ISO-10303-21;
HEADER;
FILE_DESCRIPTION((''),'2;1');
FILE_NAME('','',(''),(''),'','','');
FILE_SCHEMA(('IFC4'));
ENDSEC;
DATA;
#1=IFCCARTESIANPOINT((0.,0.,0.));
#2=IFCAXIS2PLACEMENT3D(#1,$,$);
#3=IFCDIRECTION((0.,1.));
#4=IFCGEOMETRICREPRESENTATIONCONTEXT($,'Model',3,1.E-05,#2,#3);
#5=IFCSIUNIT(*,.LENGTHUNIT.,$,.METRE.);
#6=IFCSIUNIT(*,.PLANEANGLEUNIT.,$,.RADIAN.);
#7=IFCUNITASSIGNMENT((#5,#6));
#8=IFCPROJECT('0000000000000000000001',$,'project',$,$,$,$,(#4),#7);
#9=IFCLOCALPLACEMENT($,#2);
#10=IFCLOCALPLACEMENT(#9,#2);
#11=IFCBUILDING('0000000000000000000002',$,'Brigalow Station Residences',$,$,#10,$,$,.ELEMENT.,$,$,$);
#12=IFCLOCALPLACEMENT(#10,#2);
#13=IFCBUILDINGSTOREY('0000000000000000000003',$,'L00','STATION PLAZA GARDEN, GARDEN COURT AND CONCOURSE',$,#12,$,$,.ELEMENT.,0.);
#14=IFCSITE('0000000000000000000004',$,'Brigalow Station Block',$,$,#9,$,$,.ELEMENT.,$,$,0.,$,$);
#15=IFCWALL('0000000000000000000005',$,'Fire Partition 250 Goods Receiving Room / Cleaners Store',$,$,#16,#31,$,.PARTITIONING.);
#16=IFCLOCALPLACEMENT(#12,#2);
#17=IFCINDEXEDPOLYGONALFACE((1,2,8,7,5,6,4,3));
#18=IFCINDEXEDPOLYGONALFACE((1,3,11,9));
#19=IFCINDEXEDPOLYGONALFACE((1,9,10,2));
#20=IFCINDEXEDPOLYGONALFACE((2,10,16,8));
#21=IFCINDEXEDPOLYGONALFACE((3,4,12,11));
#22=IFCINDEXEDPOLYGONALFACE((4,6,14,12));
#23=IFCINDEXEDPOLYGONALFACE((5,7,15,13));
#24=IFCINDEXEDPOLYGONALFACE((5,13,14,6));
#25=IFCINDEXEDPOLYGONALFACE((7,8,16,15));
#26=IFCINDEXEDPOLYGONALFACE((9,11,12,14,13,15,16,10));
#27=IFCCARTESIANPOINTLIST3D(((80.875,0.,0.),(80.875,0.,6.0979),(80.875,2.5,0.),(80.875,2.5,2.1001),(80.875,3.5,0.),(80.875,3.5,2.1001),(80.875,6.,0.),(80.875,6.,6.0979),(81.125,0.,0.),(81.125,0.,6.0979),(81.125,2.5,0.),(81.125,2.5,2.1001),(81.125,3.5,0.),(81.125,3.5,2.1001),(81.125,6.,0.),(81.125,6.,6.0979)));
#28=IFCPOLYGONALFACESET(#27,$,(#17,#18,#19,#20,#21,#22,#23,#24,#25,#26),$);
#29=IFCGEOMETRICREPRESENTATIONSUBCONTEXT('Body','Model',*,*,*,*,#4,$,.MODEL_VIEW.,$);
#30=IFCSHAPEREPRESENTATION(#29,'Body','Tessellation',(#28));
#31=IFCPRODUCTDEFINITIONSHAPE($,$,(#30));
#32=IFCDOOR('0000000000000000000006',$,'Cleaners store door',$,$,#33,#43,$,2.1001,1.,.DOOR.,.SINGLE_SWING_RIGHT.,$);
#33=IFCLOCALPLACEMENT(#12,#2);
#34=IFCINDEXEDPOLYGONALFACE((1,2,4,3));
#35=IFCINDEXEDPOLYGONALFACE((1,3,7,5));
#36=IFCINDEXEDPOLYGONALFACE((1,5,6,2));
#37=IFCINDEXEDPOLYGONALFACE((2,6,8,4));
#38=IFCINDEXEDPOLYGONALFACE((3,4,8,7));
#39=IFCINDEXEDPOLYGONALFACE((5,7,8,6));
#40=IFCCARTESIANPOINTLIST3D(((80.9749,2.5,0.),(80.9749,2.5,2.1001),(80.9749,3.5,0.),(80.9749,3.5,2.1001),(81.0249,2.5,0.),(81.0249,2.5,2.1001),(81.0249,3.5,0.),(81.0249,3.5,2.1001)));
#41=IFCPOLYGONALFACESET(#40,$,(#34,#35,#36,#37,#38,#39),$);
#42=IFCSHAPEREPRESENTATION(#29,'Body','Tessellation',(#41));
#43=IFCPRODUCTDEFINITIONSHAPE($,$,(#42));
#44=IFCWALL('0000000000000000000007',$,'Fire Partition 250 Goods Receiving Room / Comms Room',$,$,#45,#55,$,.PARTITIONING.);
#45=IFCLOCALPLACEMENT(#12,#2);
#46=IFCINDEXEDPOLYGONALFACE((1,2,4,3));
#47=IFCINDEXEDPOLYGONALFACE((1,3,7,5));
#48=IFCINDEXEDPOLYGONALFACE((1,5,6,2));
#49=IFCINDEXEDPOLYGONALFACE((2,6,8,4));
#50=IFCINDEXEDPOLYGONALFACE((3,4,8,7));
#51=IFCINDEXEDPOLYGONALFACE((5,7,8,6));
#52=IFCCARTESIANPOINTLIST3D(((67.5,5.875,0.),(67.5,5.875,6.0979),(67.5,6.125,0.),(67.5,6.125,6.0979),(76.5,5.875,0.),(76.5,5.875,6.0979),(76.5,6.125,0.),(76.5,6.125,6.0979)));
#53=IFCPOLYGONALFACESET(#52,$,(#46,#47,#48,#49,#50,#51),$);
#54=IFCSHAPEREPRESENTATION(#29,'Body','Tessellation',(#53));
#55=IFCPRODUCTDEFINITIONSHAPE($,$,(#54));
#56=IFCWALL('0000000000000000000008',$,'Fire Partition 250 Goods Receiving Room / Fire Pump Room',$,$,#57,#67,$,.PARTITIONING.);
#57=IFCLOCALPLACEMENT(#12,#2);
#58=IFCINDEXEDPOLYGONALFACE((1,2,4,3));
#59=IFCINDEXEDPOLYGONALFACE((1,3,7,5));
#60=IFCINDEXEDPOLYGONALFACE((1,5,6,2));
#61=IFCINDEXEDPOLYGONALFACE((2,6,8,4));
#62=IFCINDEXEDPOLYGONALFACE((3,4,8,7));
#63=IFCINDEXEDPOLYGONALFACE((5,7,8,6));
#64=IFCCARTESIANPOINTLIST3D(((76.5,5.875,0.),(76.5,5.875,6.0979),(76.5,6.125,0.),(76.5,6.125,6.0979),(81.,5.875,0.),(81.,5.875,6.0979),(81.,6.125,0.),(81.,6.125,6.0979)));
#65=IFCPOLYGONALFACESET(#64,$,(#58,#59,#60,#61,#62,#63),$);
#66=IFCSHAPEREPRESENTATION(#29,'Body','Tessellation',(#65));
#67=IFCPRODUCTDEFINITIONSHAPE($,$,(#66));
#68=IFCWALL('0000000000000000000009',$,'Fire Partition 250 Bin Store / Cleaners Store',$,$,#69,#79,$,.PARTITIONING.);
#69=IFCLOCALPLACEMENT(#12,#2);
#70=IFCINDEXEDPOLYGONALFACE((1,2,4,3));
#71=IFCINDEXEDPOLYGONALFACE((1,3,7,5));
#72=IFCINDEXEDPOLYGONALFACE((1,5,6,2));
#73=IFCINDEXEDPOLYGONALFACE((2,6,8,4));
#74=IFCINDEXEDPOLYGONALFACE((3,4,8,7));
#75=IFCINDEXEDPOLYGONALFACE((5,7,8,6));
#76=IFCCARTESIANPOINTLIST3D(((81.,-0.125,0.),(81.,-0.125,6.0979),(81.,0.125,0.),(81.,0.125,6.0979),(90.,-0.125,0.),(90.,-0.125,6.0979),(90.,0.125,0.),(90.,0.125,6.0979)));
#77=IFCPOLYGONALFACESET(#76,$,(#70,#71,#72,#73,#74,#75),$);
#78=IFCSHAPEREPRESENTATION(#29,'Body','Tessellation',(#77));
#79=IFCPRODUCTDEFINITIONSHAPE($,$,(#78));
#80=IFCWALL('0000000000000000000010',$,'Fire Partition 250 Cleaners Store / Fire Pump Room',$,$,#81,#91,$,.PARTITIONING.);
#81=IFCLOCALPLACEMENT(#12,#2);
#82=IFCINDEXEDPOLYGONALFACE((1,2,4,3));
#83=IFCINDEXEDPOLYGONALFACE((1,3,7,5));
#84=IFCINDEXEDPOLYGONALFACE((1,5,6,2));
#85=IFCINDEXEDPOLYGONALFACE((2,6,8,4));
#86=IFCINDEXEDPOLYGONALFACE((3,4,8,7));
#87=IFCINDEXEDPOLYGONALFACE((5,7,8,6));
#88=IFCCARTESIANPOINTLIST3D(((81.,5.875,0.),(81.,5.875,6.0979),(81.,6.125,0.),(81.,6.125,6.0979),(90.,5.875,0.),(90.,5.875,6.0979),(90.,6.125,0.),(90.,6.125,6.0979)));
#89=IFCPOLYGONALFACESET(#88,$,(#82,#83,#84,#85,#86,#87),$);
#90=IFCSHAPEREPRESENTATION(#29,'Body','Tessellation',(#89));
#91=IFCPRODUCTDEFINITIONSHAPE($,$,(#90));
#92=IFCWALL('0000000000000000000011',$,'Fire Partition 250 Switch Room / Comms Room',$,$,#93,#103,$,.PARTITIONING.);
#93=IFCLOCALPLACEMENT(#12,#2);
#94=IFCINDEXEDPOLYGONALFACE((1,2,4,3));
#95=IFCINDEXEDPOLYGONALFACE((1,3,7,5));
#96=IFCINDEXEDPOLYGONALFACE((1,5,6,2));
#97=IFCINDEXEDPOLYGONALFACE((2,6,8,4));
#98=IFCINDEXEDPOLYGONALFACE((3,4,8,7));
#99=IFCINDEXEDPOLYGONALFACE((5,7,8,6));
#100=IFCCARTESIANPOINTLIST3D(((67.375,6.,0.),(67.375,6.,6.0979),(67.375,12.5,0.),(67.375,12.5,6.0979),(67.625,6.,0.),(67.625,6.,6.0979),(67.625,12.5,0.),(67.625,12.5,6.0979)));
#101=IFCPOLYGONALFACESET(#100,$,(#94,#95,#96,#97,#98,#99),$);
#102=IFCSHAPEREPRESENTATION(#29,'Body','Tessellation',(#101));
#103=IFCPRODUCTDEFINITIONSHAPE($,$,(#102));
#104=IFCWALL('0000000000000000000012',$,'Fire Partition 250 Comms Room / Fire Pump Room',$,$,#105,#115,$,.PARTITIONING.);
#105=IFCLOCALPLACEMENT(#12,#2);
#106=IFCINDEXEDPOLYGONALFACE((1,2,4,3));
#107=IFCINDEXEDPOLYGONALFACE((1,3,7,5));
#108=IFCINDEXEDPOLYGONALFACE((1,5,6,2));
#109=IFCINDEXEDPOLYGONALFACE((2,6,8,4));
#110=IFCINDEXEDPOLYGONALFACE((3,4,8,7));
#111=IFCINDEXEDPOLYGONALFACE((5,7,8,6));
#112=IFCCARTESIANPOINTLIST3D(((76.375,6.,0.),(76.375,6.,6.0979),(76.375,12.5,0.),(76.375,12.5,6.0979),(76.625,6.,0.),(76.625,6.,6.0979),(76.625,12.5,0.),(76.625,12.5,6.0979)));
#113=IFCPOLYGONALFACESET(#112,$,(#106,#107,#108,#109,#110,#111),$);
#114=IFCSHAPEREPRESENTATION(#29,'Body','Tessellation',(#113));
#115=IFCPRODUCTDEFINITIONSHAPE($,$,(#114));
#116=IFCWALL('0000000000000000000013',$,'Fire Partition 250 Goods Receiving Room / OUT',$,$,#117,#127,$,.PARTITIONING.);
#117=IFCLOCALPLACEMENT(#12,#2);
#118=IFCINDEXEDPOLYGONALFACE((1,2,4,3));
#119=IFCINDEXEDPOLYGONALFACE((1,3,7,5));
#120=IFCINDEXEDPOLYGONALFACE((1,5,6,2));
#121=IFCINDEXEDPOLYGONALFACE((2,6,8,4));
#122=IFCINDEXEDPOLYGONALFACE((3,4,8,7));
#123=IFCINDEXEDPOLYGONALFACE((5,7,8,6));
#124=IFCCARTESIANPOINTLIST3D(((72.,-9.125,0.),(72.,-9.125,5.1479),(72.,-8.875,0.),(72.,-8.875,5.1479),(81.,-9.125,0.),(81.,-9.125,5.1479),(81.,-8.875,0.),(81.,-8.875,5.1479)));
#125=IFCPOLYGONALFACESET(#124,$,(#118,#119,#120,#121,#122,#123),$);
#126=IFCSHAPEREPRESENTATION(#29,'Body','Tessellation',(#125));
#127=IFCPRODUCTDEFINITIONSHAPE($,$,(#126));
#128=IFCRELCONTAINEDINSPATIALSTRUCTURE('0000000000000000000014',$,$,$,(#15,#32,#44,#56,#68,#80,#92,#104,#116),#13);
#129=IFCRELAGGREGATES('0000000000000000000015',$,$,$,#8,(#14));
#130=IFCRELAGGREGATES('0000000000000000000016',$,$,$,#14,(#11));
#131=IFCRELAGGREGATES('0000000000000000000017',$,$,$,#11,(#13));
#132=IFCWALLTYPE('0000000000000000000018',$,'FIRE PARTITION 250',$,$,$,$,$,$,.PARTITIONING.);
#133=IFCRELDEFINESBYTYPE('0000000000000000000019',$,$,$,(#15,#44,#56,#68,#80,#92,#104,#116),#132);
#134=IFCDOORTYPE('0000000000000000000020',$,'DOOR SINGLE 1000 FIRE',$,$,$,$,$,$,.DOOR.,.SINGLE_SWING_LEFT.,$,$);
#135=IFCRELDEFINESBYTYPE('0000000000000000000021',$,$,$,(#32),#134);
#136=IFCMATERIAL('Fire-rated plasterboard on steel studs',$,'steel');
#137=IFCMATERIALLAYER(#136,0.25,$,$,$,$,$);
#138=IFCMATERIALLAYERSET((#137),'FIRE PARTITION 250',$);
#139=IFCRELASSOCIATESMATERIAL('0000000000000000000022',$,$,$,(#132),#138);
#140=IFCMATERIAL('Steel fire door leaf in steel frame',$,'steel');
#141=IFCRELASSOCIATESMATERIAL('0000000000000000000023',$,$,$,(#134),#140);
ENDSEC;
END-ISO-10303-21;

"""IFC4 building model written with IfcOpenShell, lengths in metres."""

from ifc_helpers import new_model, si_unit, direction, frame, frame_2d, origin, place, context, subcontext, project, spatial, rectangle, extrude, material, layer, layer_set, type_object, element, fill, save


model = new_model("IFC4")

# Units and contexts
model_context = context("Model", 3, precision=1e-05, world=origin(), true_north=direction((0.0, 1.0)))
body_context = subcontext(model_context, "Body", "Model", "MODEL_VIEW")
ifc_project = project(units=[si_unit("LENGTHUNIT", "METRE"), si_unit("PLANEANGLEUNIT", "RADIAN")], contexts=[model_context])

# Site, building, storey
site_placement = place(None, origin())
site = spatial("IfcSite", under=ifc_project, at=site_placement, Name="Brigalow Station Block", CompositionType="ELEMENT", RefElevation=0.0)
building_placement = place(site_placement, origin())
building = spatial("IfcBuilding", under=site, at=building_placement, Name="Brigalow Station Residences", CompositionType="ELEMENT")
storey_placement = place(building_placement, origin())
storey = spatial("IfcBuildingStorey", under=building, at=storey_placement, Name="L00", Description="STATION PLAZA GARDEN, GARDEN COURT AND CONCOURSE", CompositionType="ELEMENT", Elevation=0.0)

# Wall, opening, door
ifc_material_1 = material(Name="Fire-rated plasterboard on steel studs", Category="steel")
ifc_layer_1 = layer(ifc_material_1, 0.25)
ifc_layer_set_1 = layer_set([ifc_layer_1], Name="FIRE PARTITION 250")
wall_type_1 = type_object("IfcWallType", Name="FIRE PARTITION 250", PredefinedType="PARTITIONING", material=ifc_layer_set_1)
ifc_material_2 = material(Name="Steel fire door leaf in steel frame", Category="steel")
door_type_1 = type_object("IfcDoorType", Name="DOOR SINGLE 1000 FIRE", OperationType="SINGLE_SWING_LEFT", PredefinedType="DOOR", material=ifc_material_2)
wall_1_placement = place(storey_placement, frame((81.0, 0.0, 0.0), z_axis=(0.0, 0.0, 1.0), x_axis=(0.0, 1.0, 0.0)))
wall_1 = element("IfcWall", 1, at=wall_1_placement, inside=storey, type_object=wall_type_1, Name="Fire Partition 250 Goods Receiving Room / Cleaners Store", PredefinedType="PARTITIONING", context=body_context, shape_type="SweptSolid", body=[
    extrude(rectangle(XDim=6.0, YDim=0.25, at=frame_2d((3.0, 0.0))), origin(), (0.0, 0.0, 1.0), 6.0979),
])
opening_1_placement = place(wall_1_placement, frame((2.5, 0.0, 0.0)))
opening_1 = element("IfcOpeningElement", 2, at=opening_1_placement, cuts=wall_1, PredefinedType="OPENING", context=body_context, shape_type="SweptSolid", body=[
    extrude(rectangle(XDim=1.0, YDim=2.1001, at=frame_2d((0.5, 1.05))), frame((0.0, 0.135, 0.0), z_axis=(0.0, -1.0, 0.0), x_axis=(1.0, 0.0, 0.0)), (0.0, 0.0, 1.0), 0.27),
])
door_1_placement = place(opening_1_placement, frame((1.0, 0.0, 0.0), z_axis=(0.0, 0.0, 1.0), x_axis=(-1.0, 0.0, 0.0)))
door_1 = element("IfcDoor", 3, at=door_1_placement, inside=storey, type_object=door_type_1, Name="Cleaners store door", OperationType="SINGLE_SWING_RIGHT", OverallHeight=2.1001, OverallWidth=1.0, PredefinedType="DOOR", context=body_context, shape_type="SweptSolid", body=[
    extrude(rectangle(XDim=1.0, YDim=2.1001, at=frame_2d((0.5, 1.05))), frame((0.0, 0.0249, 0.0), z_axis=(0.0, -1.0, 0.0), x_axis=(1.0, 0.0, 0.0)), (0.0, 0.0, 1.0), 0.05),
])
fill(opening_1, door_1)

# Walls
wall_2_placement = place(storey_placement, frame((67.5, 6.0, 0.0), z_axis=(0.0, 0.0, 1.0), x_axis=(1.0, 0.0, 0.0)))
element("IfcWall", 4, at=wall_2_placement, inside=storey, type_object=wall_type_1, Name="Fire Partition 250 Goods Receiving Room / Comms Room", PredefinedType="PARTITIONING", context=body_context, shape_type="SweptSolid", body=[
    extrude(rectangle(XDim=9.0, YDim=0.25, at=frame_2d((4.5, 0.0))), origin(), (0.0, 0.0, 1.0), 6.0979),
])
wall_3_placement = place(storey_placement, frame((76.5, 6.0, 0.0), z_axis=(0.0, 0.0, 1.0), x_axis=(1.0, 0.0, 0.0)))
element("IfcWall", 5, at=wall_3_placement, inside=storey, type_object=wall_type_1, Name="Fire Partition 250 Goods Receiving Room / Fire Pump Room", PredefinedType="PARTITIONING", context=body_context, shape_type="SweptSolid", body=[
    extrude(rectangle(XDim=4.5, YDim=0.25, at=frame_2d((2.25, 0.0))), origin(), (0.0, 0.0, 1.0), 6.0979),
])
for number, where, z_axis, x_axis, name in (
    (6, (81.0, 0.0, 0.0), (0.0, 0.0, 1.0), (1.0, 0.0, 0.0), "Fire Partition 250 Bin Store / Cleaners Store"),
    (7, (81.0, 6.0, 0.0), (0.0, 0.0, 1.0), (1.0, 0.0, 0.0), "Fire Partition 250 Cleaners Store / Fire Pump Room"),
):
    element("IfcWall", number, at=place(storey_placement, frame(where, z_axis=z_axis, x_axis=x_axis)), inside=storey, type_object=wall_type_1, Name=name, PredefinedType="PARTITIONING", context=body_context, shape_type="SweptSolid", body=[
        extrude(rectangle(XDim=9.0, YDim=0.25, at=frame_2d((4.5, 0.0))), origin(), (0.0, 0.0, 1.0), 6.0979),
    ])
for number, where, z_axis, x_axis, name in (
    (8, (67.5, 6.0, 0.0), (0.0, 0.0, 1.0), (0.0, 1.0, 0.0), "Fire Partition 250 Switch Room / Comms Room"),
    (9, (76.5, 6.0, 0.0), (0.0, 0.0, 1.0), (0.0, 1.0, 0.0), "Fire Partition 250 Comms Room / Fire Pump Room"),
):
    element("IfcWall", number, at=place(storey_placement, frame(where, z_axis=z_axis, x_axis=x_axis)), inside=storey, type_object=wall_type_1, Name=name, PredefinedType="PARTITIONING", context=body_context, shape_type="SweptSolid", body=[
        extrude(rectangle(XDim=6.5, YDim=0.25, at=frame_2d((3.25, 0.0))), origin(), (0.0, 0.0, 1.0), 6.0979),
    ])
wall_4_placement = place(storey_placement, frame((72.0, -9.0, 0.0), z_axis=(0.0, 0.0, 1.0), x_axis=(1.0, 0.0, 0.0)))
element("IfcWall", 10, at=wall_4_placement, inside=storey, type_object=wall_type_1, Name="Fire Partition 250 Goods Receiving Room / OUT", PredefinedType="PARTITIONING", context=body_context, shape_type="SweptSolid", body=[
    extrude(rectangle(XDim=9.0, YDim=0.25, at=frame_2d((4.5, 0.0))), origin(), (0.0, 0.0, 1.0), 5.1479),
])

save(model, "model.ifc")
